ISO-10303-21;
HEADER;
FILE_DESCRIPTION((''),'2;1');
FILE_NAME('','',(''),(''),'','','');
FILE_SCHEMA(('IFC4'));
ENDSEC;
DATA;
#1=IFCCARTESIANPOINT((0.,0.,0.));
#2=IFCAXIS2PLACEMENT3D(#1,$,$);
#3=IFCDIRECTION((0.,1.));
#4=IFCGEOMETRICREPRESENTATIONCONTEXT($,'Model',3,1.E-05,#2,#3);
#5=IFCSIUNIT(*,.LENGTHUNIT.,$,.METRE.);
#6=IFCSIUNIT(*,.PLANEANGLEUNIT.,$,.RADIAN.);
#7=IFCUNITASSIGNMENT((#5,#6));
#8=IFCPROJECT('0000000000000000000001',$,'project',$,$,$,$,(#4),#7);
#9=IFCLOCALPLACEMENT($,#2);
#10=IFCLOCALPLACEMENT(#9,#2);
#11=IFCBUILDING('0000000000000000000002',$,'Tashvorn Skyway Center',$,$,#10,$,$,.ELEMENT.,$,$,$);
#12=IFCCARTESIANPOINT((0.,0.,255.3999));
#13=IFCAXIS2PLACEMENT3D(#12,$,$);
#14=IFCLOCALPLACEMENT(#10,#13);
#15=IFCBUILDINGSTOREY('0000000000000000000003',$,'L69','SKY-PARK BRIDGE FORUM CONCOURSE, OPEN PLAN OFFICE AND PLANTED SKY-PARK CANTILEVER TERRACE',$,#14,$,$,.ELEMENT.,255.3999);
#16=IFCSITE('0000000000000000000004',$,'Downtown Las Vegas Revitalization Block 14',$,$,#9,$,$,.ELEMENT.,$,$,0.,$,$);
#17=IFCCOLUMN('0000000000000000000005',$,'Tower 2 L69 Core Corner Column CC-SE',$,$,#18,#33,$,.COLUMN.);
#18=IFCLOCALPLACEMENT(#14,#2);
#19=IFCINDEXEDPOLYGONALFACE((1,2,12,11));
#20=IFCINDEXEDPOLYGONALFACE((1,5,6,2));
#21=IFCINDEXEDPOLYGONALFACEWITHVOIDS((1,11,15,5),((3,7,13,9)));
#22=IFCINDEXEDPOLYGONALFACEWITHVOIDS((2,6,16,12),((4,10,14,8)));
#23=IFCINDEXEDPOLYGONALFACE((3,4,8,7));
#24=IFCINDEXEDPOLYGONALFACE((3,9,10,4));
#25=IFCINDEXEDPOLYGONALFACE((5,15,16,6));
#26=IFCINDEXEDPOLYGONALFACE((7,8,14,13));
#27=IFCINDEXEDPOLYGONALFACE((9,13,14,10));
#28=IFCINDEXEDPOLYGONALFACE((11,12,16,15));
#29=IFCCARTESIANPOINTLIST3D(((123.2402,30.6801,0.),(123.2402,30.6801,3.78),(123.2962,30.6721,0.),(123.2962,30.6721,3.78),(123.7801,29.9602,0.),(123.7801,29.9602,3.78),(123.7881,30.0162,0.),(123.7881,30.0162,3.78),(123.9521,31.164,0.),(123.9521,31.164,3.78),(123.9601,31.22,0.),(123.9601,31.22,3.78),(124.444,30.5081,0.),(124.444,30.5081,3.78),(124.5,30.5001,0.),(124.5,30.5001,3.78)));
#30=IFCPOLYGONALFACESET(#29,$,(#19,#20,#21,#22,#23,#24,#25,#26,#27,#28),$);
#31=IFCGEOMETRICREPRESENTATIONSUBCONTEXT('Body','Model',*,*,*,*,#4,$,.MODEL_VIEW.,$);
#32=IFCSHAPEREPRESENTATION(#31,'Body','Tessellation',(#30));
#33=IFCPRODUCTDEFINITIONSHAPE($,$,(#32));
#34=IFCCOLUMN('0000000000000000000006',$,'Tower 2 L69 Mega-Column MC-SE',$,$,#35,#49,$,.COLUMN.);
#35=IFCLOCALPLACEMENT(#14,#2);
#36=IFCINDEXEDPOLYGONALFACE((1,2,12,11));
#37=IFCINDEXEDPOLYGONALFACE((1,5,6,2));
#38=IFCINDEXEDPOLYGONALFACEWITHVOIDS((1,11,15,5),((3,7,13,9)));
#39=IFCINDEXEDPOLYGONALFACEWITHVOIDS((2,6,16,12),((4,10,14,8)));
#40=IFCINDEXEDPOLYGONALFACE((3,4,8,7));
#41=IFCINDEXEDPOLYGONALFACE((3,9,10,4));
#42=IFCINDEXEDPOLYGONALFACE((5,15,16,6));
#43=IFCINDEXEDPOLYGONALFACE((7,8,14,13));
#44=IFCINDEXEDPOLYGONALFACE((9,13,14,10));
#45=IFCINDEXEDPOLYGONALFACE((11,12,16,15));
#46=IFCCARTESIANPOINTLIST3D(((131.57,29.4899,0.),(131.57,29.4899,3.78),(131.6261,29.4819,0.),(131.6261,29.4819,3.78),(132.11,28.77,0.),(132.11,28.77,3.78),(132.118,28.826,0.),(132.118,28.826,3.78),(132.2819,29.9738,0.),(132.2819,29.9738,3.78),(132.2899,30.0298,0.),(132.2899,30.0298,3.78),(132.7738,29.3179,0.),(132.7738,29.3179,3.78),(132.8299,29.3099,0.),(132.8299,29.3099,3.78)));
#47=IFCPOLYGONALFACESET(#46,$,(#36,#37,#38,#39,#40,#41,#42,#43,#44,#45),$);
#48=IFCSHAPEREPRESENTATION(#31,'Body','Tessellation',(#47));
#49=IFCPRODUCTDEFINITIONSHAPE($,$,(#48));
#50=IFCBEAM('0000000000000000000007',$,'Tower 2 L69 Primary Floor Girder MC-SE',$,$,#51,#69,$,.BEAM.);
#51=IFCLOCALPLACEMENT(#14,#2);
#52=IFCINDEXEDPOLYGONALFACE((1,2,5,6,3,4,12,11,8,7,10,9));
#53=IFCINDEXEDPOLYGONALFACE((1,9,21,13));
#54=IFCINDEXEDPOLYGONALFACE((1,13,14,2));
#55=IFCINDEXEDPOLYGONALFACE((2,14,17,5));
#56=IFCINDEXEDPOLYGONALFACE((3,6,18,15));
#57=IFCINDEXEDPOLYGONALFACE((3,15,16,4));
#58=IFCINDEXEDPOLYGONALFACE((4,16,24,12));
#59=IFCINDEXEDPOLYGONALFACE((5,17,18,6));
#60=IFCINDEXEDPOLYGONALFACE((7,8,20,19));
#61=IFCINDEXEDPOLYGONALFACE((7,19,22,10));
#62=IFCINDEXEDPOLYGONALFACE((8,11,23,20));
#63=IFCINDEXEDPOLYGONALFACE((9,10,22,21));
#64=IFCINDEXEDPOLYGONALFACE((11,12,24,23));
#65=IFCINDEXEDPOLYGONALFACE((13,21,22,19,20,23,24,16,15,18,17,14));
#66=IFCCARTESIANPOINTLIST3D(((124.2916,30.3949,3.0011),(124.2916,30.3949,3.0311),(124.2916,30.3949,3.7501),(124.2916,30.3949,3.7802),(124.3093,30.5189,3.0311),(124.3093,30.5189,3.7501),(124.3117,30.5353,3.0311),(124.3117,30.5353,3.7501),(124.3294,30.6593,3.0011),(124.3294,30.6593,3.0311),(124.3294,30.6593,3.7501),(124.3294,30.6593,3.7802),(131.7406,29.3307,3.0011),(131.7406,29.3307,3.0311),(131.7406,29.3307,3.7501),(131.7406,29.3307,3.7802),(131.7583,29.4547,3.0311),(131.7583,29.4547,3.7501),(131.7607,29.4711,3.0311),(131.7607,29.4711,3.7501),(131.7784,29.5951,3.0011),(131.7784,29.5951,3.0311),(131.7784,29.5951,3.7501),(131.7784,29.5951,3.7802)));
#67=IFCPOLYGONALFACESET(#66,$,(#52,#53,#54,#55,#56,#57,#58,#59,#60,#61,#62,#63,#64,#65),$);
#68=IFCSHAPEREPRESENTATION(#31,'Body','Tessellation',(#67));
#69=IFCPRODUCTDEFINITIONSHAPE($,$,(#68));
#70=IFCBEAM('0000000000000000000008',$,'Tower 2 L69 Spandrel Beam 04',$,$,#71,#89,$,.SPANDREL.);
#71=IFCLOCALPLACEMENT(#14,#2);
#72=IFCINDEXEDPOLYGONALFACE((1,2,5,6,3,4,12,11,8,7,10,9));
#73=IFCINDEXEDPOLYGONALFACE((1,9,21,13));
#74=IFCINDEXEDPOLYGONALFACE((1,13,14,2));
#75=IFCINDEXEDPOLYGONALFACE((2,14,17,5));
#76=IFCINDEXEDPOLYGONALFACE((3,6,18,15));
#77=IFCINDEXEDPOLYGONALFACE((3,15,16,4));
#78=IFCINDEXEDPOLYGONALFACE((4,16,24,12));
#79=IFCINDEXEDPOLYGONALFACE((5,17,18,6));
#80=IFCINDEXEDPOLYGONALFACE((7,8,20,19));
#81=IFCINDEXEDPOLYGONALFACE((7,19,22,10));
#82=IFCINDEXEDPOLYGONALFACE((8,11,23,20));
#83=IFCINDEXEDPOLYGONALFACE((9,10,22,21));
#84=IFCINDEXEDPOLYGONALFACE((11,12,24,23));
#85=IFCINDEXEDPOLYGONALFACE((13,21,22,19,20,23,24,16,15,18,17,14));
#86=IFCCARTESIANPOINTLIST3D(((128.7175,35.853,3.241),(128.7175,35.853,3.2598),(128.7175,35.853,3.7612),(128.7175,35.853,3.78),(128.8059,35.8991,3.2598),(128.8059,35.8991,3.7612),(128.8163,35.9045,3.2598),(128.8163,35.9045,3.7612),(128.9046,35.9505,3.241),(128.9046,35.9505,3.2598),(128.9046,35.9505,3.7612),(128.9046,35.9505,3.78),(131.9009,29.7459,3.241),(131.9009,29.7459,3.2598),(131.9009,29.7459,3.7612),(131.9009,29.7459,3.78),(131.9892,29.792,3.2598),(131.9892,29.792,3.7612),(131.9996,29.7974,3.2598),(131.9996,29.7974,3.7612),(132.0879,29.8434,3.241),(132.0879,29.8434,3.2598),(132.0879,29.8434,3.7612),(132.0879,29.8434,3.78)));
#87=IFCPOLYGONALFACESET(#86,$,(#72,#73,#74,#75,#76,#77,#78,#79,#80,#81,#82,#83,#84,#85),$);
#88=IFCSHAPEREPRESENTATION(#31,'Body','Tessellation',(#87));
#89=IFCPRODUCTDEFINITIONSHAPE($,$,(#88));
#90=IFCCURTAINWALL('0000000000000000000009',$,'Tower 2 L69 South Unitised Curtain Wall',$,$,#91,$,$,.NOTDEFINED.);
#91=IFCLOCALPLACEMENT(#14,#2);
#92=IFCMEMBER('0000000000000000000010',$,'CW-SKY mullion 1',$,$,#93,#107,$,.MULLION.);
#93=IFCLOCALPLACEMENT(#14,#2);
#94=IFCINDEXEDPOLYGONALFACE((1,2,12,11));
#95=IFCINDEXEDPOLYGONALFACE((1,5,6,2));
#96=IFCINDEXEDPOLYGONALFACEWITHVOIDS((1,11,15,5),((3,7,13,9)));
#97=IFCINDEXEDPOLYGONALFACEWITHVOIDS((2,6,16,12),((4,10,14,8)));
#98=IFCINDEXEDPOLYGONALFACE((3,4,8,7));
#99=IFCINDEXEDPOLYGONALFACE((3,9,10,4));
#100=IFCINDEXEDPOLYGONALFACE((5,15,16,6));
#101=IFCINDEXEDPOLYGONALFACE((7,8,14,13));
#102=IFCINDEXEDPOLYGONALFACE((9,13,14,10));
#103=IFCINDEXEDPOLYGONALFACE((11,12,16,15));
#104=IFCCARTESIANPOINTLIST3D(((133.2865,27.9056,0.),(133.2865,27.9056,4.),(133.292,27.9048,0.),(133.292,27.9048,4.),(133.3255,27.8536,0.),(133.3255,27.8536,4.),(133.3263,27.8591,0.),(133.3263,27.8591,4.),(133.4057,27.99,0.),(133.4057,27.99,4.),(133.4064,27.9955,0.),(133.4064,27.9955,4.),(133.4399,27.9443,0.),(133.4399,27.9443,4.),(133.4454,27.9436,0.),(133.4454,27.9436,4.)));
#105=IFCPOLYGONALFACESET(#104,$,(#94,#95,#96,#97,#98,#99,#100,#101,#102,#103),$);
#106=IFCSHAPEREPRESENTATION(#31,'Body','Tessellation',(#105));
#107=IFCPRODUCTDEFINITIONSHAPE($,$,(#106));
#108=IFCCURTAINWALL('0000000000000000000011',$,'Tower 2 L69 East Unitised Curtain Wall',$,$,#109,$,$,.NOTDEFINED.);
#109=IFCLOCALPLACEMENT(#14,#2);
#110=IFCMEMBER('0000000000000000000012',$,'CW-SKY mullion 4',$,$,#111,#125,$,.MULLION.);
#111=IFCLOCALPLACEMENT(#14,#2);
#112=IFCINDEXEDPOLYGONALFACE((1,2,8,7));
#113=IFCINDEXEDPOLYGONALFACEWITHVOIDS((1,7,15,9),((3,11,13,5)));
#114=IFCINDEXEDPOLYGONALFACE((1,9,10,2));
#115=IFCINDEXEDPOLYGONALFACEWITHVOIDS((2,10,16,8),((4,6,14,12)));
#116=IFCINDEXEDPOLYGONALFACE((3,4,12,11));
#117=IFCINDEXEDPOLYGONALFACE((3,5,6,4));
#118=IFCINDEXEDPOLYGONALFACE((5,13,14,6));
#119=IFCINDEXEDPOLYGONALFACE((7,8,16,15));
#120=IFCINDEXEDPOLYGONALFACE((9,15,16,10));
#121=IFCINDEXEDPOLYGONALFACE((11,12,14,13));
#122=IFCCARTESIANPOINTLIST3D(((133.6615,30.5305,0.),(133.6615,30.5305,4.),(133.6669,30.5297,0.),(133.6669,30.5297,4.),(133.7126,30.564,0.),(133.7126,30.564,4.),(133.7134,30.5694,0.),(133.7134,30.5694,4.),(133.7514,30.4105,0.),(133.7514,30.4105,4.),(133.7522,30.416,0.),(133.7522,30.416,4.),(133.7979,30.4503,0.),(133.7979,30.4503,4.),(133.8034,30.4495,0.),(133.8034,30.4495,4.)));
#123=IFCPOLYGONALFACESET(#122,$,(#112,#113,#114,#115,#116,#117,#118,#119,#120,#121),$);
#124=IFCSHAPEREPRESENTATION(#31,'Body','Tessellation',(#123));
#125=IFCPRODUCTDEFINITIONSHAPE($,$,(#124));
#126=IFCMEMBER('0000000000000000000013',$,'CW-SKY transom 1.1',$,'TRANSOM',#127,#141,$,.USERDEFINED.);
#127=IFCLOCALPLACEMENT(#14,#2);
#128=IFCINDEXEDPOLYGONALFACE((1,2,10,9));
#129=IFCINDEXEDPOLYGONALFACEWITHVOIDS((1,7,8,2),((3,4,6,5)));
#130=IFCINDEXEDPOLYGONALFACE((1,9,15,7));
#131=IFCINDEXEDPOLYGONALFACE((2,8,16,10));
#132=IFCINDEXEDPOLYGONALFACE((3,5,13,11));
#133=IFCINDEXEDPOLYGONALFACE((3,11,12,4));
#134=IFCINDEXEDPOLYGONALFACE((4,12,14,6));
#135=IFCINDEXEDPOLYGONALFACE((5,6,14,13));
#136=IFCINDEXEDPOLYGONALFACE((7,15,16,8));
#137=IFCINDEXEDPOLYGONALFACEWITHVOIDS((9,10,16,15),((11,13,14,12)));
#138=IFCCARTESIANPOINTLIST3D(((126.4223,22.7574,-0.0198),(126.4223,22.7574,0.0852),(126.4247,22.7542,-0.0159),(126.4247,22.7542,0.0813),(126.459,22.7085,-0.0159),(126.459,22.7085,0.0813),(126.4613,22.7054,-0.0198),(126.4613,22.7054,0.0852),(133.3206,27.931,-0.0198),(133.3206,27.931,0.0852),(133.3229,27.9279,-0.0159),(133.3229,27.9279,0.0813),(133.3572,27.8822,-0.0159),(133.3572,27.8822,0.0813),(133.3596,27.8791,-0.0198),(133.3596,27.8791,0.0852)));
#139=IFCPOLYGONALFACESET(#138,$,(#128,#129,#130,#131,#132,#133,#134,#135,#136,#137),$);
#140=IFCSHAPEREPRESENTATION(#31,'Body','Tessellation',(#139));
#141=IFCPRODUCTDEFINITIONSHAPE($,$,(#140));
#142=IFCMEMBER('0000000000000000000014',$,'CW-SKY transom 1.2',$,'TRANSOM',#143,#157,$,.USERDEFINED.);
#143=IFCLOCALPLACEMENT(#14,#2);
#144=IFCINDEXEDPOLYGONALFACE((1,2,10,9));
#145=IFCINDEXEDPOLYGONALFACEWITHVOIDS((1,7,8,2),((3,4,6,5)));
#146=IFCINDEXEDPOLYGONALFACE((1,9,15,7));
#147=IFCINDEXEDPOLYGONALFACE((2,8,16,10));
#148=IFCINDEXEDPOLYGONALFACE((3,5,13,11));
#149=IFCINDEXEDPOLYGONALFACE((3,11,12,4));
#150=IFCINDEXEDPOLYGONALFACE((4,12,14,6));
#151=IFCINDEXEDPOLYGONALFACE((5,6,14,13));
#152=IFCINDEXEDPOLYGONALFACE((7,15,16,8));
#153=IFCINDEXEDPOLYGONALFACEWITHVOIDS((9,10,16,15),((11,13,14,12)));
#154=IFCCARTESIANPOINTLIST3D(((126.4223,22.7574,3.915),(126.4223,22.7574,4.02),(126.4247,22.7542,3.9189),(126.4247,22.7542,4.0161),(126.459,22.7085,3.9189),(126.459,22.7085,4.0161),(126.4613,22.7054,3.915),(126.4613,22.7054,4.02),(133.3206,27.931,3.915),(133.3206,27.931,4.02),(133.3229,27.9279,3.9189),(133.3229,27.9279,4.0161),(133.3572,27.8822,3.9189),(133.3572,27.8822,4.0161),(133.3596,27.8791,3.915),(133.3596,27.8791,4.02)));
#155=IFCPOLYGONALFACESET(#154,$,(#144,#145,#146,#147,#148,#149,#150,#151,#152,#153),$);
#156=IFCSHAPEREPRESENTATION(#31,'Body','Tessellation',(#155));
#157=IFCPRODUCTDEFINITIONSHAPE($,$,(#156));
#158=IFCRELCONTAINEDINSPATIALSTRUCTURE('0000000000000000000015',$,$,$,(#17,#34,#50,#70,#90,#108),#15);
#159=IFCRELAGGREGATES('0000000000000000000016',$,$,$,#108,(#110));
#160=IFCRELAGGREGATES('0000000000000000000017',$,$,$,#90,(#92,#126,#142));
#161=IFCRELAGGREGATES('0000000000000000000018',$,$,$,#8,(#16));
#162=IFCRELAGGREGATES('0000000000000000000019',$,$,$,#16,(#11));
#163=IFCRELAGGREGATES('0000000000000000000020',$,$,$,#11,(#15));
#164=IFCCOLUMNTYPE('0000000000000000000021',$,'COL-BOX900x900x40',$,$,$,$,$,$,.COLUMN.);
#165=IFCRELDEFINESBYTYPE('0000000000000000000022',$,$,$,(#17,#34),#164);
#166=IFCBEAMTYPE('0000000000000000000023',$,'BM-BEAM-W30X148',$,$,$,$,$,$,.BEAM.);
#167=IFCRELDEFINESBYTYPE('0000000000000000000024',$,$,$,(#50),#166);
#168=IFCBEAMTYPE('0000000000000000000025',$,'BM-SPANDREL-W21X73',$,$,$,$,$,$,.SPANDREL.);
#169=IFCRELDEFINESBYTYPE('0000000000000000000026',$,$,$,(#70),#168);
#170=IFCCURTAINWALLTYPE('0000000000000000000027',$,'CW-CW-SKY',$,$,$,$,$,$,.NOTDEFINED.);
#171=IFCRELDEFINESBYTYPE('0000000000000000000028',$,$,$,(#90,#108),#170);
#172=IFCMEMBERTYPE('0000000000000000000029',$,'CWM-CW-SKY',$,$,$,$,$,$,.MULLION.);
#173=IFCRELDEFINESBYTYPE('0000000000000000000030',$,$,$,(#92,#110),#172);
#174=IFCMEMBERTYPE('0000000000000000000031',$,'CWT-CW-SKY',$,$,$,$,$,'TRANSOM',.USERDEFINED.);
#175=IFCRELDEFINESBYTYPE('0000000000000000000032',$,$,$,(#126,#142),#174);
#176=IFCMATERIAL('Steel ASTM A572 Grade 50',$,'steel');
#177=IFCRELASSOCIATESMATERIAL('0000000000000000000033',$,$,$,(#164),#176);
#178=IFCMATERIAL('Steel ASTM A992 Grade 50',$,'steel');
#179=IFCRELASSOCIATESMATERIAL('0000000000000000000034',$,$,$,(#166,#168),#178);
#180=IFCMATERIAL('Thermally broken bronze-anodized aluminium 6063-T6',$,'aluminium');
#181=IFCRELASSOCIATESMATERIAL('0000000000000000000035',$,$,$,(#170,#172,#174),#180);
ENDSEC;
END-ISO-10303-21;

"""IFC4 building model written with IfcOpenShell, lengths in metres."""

from ifc_helpers import new_model, si_unit, direction, frame, origin, origin_2d, place, context, subcontext, project, spatial, hollow_rectangle, i_section, extrude, material, material_profile, profile_set, type_object, element, aggregate, save


model = new_model("IFC4")

# Units and contexts
model_context = context("Model", 3, precision=1e-05, world=origin(), true_north=direction((0.0, 1.0)))
body_context = subcontext(model_context, "Body", "Model", "MODEL_VIEW")
ifc_project = project(units=[si_unit("LENGTHUNIT", "METRE"), si_unit("PLANEANGLEUNIT", "RADIAN")], contexts=[model_context])

# Site, building, storey
site_placement = place(None, origin())
site = spatial("IfcSite", under=ifc_project, at=site_placement, Name="Downtown Las Vegas Revitalization Block 14", CompositionType="ELEMENT", RefElevation=0.0)
building_placement = place(site_placement, origin())
building = spatial("IfcBuilding", under=site, at=building_placement, Name="Tashvorn Skyway Center", CompositionType="ELEMENT")
storey_placement = place(building_placement, frame((0.0, 0.0, 255.3999)))
storey = spatial("IfcBuildingStorey", under=building, at=storey_placement, Name="L69", Description="SKY-PARK BRIDGE FORUM CONCOURSE, OPEN PLAN OFFICE AND PLANTED SKY-PARK CANTILEVER TERRACE", CompositionType="ELEMENT", Elevation=255.3999)

# Columns
ifc_material_1 = material(Name="Steel ASTM A572 Grade 50", Category="steel")
ifc_material_profile_1 = material_profile(ifc_material_1, hollow_rectangle(XDim=0.8999, YDim=0.8999, WallThickness=0.04, at=origin_2d()), Name="BOX900x900x40")
ifc_profile_set_1 = profile_set([ifc_material_profile_1], Name="Steel ASTM A572 Grade 50")
column_type = type_object("IfcColumnType", Name="COL-BOX900x900x40", PredefinedType="COLUMN", material=ifc_profile_set_1)
for number, where, z_axis, x_axis, name in (
    (1, (123.8701, 30.5901, 0.0), (0.0, 0.0, 1.0), (0.8, 0.6, 0.0), "Tower 2 L69 Core Corner Column CC-SE"),
    (2, (132.2, 29.3999, 0.0), (0.0, 0.0, 1.0), (0.8, 0.6, 0.0), "Tower 2 L69 Mega-Column MC-SE"),
):
    element("IfcColumn", number, at=place(storey_placement, frame(where, z_axis=z_axis, x_axis=x_axis)), inside=storey, type_object=column_type, Name=name, PredefinedType="COLUMN", context=body_context, shape_type="SweptSolid", body=[
        extrude(hollow_rectangle(XDim=0.8999, YDim=0.8999, WallThickness=0.04, at=origin_2d()), origin(), (0.0, 0.0, 1.0), 3.78),
    ])

# Beams
ifc_material_2 = material(Name="Steel ASTM A992 Grade 50", Category="steel")
ifc_material_profile_2 = material_profile(ifc_material_2, i_section(OverallWidth=0.2671, OverallDepth=0.7791, WebThickness=0.0166, FlangeThickness=0.03, at=origin_2d()), Name="W30X148")
ifc_profile_set_2 = profile_set([ifc_material_profile_2], Name="Steel ASTM A992 Grade 50")
beam_type_1 = type_object("IfcBeamType", Name="BM-BEAM-W30X148", PredefinedType="BEAM", material=ifc_profile_set_2)
beam_1_placement = place(storey_placement, frame((131.7595, 29.4629, 3.3906), z_axis=(-0.989948, 0.14143, 0.0), x_axis=(-0.14143, -0.989948, 0.0)))
element("IfcBeam", 3, at=beam_1_placement, inside=storey, type_object=beam_type_1, Name="Tower 2 L69 Primary Floor Girder MC-SE", PredefinedType="BEAM", context=body_context, shape_type="SweptSolid", body=[
    extrude(i_section(OverallWidth=0.2671, OverallDepth=0.7791, WebThickness=0.0166, FlangeThickness=0.03, at=origin_2d()), origin(), (0.0, 0.0, 1.0), 7.5247),
])
ifc_material_profile_3 = material_profile(ifc_material_2, i_section(OverallWidth=0.2109, OverallDepth=0.5391, WebThickness=0.0117, FlangeThickness=0.0188, at=origin_2d()), Name="W21X73")
ifc_profile_set_3 = profile_set([ifc_material_profile_3], Name="Steel ASTM A992 Grade 50")
beam_type_2 = type_object("IfcBeamType", Name="BM-SPANDREL-W21X73", PredefinedType="SPANDREL", material=ifc_profile_set_3)
beam_2_placement = place(storey_placement, frame((131.9944, 29.7947, 3.5105), z_axis=(-0.462223, 0.886764, 0.0), x_axis=(-0.886764, -0.462223, 0.0)))
element("IfcBeam", 4, at=beam_2_placement, inside=storey, type_object=beam_type_2, Name="Tower 2 L69 Spandrel Beam 04", PredefinedType="SPANDREL", context=body_context, shape_type="SweptSolid", body=[
    extrude(i_section(OverallWidth=0.2109, OverallDepth=0.5391, WebThickness=0.0117, FlangeThickness=0.0188, at=origin_2d()), origin(), (0.0, 0.0, 1.0), 6.887),
])

# Curtain walls, members
ifc_material_3 = material(Name="Thermally broken bronze-anodized aluminium 6063-T6", Category="aluminium")
curtain_wall_type = type_object("IfcCurtainWallType", Name="CW-CW-SKY", PredefinedType="NOTDEFINED", material=ifc_material_3)
curtain_wall_1_placement = place(storey_placement, origin())
curtain_wall_1 = element("IfcCurtainWall", 5, at=curtain_wall_1_placement, inside=storey, type_object=curtain_wall_type, Name="Tower 2 L69 South Unitised Curtain Wall", PredefinedType="NOTDEFINED")
ifc_material_profile_4 = material_profile(ifc_material_3, hollow_rectangle(XDim=0.0649, YDim=0.1499, WallThickness=0.0039, at=origin_2d()), Name="ALU-MULL-65x150")
ifc_profile_set_4 = profile_set([ifc_material_profile_4], Name="Thermally broken bronze-anodized aluminium 6063-T6")
member_type_1 = type_object("IfcMemberType", Name="CWM-CW-SKY", PredefinedType="MULLION", material=ifc_profile_set_4)
member_1_placement = place(storey_placement, frame((133.366, 27.9246, 0.0), z_axis=(0.0, 0.0, 1.0), x_axis=(0.6, -0.8, 0.0)))
member_1 = element("IfcMember", 6, at=member_1_placement, type_object=member_type_1, Name="CW-SKY mullion 1", PredefinedType="MULLION", context=body_context, shape_type="SweptSolid", body=[
    extrude(hollow_rectangle(XDim=0.0649, YDim=0.1499, WallThickness=0.0039, at=origin_2d()), origin(), (0.0, 0.0, 1.0), 4.0),
])
curtain_wall_2_placement = place(storey_placement, origin())
curtain_wall_2 = element("IfcCurtainWall", 7, at=curtain_wall_2_placement, inside=storey, type_object=curtain_wall_type, Name="Tower 2 L69 East Unitised Curtain Wall", PredefinedType="NOTDEFINED")
member_2_placement = place(storey_placement, frame((133.7324, 30.49, 0.0), z_axis=(0.0, 0.0, 1.0), x_axis=(0.8, 0.6, 0.0)))
member_2 = element("IfcMember", 8, at=member_2_placement, type_object=member_type_1, Name="CW-SKY mullion 4", PredefinedType="MULLION", context=body_context, shape_type="SweptSolid", body=[
    extrude(hollow_rectangle(XDim=0.0649, YDim=0.1499, WallThickness=0.0039, at=origin_2d()), origin(), (0.0, 0.0, 1.0), 4.0),
])
aggregate(curtain_wall_2, [member_2])

# Members
ifc_material_profile_5 = material_profile(ifc_material_3, hollow_rectangle(XDim=0.0649, YDim=0.105, WallThickness=0.0039, at=origin_2d()), Name="ALU-TRAN-65x105")
ifc_profile_set_5 = profile_set([ifc_material_profile_5], Name="Thermally broken bronze-anodized aluminium 6063-T6")
member_type_2 = type_object("IfcMemberType", Name="CWT-CW-SKY", ElementType="TRANSOM", PredefinedType="USERDEFINED", material=ifc_profile_set_5)
member_3_placement = place(storey_placement, frame((133.3401, 27.905, 0.0327), z_axis=(-0.800003, -0.599995, 0.0), x_axis=(0.599995, -0.800003, 0.0)))
member_3 = element("IfcMember", 9, at=member_3_placement, type_object=member_type_2, Name="CW-SKY transom 1.1", ObjectType="TRANSOM", PredefinedType="USERDEFINED", context=body_context, shape_type="SweptSolid", body=[
    extrude(hollow_rectangle(XDim=0.0649, YDim=0.105, WallThickness=0.0039, at=origin_2d()), origin(), (0.0, 0.0, 1.0), 8.6228),
])
member_4_placement = place(storey_placement, frame((133.3401, 27.905, 3.9675), z_axis=(-0.800003, -0.599995, 0.0), x_axis=(0.599995, -0.800003, 0.0)))
member_4 = element("IfcMember", 10, at=member_4_placement, type_object=member_type_2, Name="CW-SKY transom 1.2", ObjectType="TRANSOM", PredefinedType="USERDEFINED", context=body_context, shape_type="SweptSolid", body=[
    extrude(hollow_rectangle(XDim=0.0649, YDim=0.105, WallThickness=0.0039, at=origin_2d()), origin(), (0.0, 0.0, 1.0), 8.6228),
])
aggregate(curtain_wall_1, [member_1, member_3, member_4])

save(model, "model.ifc")
